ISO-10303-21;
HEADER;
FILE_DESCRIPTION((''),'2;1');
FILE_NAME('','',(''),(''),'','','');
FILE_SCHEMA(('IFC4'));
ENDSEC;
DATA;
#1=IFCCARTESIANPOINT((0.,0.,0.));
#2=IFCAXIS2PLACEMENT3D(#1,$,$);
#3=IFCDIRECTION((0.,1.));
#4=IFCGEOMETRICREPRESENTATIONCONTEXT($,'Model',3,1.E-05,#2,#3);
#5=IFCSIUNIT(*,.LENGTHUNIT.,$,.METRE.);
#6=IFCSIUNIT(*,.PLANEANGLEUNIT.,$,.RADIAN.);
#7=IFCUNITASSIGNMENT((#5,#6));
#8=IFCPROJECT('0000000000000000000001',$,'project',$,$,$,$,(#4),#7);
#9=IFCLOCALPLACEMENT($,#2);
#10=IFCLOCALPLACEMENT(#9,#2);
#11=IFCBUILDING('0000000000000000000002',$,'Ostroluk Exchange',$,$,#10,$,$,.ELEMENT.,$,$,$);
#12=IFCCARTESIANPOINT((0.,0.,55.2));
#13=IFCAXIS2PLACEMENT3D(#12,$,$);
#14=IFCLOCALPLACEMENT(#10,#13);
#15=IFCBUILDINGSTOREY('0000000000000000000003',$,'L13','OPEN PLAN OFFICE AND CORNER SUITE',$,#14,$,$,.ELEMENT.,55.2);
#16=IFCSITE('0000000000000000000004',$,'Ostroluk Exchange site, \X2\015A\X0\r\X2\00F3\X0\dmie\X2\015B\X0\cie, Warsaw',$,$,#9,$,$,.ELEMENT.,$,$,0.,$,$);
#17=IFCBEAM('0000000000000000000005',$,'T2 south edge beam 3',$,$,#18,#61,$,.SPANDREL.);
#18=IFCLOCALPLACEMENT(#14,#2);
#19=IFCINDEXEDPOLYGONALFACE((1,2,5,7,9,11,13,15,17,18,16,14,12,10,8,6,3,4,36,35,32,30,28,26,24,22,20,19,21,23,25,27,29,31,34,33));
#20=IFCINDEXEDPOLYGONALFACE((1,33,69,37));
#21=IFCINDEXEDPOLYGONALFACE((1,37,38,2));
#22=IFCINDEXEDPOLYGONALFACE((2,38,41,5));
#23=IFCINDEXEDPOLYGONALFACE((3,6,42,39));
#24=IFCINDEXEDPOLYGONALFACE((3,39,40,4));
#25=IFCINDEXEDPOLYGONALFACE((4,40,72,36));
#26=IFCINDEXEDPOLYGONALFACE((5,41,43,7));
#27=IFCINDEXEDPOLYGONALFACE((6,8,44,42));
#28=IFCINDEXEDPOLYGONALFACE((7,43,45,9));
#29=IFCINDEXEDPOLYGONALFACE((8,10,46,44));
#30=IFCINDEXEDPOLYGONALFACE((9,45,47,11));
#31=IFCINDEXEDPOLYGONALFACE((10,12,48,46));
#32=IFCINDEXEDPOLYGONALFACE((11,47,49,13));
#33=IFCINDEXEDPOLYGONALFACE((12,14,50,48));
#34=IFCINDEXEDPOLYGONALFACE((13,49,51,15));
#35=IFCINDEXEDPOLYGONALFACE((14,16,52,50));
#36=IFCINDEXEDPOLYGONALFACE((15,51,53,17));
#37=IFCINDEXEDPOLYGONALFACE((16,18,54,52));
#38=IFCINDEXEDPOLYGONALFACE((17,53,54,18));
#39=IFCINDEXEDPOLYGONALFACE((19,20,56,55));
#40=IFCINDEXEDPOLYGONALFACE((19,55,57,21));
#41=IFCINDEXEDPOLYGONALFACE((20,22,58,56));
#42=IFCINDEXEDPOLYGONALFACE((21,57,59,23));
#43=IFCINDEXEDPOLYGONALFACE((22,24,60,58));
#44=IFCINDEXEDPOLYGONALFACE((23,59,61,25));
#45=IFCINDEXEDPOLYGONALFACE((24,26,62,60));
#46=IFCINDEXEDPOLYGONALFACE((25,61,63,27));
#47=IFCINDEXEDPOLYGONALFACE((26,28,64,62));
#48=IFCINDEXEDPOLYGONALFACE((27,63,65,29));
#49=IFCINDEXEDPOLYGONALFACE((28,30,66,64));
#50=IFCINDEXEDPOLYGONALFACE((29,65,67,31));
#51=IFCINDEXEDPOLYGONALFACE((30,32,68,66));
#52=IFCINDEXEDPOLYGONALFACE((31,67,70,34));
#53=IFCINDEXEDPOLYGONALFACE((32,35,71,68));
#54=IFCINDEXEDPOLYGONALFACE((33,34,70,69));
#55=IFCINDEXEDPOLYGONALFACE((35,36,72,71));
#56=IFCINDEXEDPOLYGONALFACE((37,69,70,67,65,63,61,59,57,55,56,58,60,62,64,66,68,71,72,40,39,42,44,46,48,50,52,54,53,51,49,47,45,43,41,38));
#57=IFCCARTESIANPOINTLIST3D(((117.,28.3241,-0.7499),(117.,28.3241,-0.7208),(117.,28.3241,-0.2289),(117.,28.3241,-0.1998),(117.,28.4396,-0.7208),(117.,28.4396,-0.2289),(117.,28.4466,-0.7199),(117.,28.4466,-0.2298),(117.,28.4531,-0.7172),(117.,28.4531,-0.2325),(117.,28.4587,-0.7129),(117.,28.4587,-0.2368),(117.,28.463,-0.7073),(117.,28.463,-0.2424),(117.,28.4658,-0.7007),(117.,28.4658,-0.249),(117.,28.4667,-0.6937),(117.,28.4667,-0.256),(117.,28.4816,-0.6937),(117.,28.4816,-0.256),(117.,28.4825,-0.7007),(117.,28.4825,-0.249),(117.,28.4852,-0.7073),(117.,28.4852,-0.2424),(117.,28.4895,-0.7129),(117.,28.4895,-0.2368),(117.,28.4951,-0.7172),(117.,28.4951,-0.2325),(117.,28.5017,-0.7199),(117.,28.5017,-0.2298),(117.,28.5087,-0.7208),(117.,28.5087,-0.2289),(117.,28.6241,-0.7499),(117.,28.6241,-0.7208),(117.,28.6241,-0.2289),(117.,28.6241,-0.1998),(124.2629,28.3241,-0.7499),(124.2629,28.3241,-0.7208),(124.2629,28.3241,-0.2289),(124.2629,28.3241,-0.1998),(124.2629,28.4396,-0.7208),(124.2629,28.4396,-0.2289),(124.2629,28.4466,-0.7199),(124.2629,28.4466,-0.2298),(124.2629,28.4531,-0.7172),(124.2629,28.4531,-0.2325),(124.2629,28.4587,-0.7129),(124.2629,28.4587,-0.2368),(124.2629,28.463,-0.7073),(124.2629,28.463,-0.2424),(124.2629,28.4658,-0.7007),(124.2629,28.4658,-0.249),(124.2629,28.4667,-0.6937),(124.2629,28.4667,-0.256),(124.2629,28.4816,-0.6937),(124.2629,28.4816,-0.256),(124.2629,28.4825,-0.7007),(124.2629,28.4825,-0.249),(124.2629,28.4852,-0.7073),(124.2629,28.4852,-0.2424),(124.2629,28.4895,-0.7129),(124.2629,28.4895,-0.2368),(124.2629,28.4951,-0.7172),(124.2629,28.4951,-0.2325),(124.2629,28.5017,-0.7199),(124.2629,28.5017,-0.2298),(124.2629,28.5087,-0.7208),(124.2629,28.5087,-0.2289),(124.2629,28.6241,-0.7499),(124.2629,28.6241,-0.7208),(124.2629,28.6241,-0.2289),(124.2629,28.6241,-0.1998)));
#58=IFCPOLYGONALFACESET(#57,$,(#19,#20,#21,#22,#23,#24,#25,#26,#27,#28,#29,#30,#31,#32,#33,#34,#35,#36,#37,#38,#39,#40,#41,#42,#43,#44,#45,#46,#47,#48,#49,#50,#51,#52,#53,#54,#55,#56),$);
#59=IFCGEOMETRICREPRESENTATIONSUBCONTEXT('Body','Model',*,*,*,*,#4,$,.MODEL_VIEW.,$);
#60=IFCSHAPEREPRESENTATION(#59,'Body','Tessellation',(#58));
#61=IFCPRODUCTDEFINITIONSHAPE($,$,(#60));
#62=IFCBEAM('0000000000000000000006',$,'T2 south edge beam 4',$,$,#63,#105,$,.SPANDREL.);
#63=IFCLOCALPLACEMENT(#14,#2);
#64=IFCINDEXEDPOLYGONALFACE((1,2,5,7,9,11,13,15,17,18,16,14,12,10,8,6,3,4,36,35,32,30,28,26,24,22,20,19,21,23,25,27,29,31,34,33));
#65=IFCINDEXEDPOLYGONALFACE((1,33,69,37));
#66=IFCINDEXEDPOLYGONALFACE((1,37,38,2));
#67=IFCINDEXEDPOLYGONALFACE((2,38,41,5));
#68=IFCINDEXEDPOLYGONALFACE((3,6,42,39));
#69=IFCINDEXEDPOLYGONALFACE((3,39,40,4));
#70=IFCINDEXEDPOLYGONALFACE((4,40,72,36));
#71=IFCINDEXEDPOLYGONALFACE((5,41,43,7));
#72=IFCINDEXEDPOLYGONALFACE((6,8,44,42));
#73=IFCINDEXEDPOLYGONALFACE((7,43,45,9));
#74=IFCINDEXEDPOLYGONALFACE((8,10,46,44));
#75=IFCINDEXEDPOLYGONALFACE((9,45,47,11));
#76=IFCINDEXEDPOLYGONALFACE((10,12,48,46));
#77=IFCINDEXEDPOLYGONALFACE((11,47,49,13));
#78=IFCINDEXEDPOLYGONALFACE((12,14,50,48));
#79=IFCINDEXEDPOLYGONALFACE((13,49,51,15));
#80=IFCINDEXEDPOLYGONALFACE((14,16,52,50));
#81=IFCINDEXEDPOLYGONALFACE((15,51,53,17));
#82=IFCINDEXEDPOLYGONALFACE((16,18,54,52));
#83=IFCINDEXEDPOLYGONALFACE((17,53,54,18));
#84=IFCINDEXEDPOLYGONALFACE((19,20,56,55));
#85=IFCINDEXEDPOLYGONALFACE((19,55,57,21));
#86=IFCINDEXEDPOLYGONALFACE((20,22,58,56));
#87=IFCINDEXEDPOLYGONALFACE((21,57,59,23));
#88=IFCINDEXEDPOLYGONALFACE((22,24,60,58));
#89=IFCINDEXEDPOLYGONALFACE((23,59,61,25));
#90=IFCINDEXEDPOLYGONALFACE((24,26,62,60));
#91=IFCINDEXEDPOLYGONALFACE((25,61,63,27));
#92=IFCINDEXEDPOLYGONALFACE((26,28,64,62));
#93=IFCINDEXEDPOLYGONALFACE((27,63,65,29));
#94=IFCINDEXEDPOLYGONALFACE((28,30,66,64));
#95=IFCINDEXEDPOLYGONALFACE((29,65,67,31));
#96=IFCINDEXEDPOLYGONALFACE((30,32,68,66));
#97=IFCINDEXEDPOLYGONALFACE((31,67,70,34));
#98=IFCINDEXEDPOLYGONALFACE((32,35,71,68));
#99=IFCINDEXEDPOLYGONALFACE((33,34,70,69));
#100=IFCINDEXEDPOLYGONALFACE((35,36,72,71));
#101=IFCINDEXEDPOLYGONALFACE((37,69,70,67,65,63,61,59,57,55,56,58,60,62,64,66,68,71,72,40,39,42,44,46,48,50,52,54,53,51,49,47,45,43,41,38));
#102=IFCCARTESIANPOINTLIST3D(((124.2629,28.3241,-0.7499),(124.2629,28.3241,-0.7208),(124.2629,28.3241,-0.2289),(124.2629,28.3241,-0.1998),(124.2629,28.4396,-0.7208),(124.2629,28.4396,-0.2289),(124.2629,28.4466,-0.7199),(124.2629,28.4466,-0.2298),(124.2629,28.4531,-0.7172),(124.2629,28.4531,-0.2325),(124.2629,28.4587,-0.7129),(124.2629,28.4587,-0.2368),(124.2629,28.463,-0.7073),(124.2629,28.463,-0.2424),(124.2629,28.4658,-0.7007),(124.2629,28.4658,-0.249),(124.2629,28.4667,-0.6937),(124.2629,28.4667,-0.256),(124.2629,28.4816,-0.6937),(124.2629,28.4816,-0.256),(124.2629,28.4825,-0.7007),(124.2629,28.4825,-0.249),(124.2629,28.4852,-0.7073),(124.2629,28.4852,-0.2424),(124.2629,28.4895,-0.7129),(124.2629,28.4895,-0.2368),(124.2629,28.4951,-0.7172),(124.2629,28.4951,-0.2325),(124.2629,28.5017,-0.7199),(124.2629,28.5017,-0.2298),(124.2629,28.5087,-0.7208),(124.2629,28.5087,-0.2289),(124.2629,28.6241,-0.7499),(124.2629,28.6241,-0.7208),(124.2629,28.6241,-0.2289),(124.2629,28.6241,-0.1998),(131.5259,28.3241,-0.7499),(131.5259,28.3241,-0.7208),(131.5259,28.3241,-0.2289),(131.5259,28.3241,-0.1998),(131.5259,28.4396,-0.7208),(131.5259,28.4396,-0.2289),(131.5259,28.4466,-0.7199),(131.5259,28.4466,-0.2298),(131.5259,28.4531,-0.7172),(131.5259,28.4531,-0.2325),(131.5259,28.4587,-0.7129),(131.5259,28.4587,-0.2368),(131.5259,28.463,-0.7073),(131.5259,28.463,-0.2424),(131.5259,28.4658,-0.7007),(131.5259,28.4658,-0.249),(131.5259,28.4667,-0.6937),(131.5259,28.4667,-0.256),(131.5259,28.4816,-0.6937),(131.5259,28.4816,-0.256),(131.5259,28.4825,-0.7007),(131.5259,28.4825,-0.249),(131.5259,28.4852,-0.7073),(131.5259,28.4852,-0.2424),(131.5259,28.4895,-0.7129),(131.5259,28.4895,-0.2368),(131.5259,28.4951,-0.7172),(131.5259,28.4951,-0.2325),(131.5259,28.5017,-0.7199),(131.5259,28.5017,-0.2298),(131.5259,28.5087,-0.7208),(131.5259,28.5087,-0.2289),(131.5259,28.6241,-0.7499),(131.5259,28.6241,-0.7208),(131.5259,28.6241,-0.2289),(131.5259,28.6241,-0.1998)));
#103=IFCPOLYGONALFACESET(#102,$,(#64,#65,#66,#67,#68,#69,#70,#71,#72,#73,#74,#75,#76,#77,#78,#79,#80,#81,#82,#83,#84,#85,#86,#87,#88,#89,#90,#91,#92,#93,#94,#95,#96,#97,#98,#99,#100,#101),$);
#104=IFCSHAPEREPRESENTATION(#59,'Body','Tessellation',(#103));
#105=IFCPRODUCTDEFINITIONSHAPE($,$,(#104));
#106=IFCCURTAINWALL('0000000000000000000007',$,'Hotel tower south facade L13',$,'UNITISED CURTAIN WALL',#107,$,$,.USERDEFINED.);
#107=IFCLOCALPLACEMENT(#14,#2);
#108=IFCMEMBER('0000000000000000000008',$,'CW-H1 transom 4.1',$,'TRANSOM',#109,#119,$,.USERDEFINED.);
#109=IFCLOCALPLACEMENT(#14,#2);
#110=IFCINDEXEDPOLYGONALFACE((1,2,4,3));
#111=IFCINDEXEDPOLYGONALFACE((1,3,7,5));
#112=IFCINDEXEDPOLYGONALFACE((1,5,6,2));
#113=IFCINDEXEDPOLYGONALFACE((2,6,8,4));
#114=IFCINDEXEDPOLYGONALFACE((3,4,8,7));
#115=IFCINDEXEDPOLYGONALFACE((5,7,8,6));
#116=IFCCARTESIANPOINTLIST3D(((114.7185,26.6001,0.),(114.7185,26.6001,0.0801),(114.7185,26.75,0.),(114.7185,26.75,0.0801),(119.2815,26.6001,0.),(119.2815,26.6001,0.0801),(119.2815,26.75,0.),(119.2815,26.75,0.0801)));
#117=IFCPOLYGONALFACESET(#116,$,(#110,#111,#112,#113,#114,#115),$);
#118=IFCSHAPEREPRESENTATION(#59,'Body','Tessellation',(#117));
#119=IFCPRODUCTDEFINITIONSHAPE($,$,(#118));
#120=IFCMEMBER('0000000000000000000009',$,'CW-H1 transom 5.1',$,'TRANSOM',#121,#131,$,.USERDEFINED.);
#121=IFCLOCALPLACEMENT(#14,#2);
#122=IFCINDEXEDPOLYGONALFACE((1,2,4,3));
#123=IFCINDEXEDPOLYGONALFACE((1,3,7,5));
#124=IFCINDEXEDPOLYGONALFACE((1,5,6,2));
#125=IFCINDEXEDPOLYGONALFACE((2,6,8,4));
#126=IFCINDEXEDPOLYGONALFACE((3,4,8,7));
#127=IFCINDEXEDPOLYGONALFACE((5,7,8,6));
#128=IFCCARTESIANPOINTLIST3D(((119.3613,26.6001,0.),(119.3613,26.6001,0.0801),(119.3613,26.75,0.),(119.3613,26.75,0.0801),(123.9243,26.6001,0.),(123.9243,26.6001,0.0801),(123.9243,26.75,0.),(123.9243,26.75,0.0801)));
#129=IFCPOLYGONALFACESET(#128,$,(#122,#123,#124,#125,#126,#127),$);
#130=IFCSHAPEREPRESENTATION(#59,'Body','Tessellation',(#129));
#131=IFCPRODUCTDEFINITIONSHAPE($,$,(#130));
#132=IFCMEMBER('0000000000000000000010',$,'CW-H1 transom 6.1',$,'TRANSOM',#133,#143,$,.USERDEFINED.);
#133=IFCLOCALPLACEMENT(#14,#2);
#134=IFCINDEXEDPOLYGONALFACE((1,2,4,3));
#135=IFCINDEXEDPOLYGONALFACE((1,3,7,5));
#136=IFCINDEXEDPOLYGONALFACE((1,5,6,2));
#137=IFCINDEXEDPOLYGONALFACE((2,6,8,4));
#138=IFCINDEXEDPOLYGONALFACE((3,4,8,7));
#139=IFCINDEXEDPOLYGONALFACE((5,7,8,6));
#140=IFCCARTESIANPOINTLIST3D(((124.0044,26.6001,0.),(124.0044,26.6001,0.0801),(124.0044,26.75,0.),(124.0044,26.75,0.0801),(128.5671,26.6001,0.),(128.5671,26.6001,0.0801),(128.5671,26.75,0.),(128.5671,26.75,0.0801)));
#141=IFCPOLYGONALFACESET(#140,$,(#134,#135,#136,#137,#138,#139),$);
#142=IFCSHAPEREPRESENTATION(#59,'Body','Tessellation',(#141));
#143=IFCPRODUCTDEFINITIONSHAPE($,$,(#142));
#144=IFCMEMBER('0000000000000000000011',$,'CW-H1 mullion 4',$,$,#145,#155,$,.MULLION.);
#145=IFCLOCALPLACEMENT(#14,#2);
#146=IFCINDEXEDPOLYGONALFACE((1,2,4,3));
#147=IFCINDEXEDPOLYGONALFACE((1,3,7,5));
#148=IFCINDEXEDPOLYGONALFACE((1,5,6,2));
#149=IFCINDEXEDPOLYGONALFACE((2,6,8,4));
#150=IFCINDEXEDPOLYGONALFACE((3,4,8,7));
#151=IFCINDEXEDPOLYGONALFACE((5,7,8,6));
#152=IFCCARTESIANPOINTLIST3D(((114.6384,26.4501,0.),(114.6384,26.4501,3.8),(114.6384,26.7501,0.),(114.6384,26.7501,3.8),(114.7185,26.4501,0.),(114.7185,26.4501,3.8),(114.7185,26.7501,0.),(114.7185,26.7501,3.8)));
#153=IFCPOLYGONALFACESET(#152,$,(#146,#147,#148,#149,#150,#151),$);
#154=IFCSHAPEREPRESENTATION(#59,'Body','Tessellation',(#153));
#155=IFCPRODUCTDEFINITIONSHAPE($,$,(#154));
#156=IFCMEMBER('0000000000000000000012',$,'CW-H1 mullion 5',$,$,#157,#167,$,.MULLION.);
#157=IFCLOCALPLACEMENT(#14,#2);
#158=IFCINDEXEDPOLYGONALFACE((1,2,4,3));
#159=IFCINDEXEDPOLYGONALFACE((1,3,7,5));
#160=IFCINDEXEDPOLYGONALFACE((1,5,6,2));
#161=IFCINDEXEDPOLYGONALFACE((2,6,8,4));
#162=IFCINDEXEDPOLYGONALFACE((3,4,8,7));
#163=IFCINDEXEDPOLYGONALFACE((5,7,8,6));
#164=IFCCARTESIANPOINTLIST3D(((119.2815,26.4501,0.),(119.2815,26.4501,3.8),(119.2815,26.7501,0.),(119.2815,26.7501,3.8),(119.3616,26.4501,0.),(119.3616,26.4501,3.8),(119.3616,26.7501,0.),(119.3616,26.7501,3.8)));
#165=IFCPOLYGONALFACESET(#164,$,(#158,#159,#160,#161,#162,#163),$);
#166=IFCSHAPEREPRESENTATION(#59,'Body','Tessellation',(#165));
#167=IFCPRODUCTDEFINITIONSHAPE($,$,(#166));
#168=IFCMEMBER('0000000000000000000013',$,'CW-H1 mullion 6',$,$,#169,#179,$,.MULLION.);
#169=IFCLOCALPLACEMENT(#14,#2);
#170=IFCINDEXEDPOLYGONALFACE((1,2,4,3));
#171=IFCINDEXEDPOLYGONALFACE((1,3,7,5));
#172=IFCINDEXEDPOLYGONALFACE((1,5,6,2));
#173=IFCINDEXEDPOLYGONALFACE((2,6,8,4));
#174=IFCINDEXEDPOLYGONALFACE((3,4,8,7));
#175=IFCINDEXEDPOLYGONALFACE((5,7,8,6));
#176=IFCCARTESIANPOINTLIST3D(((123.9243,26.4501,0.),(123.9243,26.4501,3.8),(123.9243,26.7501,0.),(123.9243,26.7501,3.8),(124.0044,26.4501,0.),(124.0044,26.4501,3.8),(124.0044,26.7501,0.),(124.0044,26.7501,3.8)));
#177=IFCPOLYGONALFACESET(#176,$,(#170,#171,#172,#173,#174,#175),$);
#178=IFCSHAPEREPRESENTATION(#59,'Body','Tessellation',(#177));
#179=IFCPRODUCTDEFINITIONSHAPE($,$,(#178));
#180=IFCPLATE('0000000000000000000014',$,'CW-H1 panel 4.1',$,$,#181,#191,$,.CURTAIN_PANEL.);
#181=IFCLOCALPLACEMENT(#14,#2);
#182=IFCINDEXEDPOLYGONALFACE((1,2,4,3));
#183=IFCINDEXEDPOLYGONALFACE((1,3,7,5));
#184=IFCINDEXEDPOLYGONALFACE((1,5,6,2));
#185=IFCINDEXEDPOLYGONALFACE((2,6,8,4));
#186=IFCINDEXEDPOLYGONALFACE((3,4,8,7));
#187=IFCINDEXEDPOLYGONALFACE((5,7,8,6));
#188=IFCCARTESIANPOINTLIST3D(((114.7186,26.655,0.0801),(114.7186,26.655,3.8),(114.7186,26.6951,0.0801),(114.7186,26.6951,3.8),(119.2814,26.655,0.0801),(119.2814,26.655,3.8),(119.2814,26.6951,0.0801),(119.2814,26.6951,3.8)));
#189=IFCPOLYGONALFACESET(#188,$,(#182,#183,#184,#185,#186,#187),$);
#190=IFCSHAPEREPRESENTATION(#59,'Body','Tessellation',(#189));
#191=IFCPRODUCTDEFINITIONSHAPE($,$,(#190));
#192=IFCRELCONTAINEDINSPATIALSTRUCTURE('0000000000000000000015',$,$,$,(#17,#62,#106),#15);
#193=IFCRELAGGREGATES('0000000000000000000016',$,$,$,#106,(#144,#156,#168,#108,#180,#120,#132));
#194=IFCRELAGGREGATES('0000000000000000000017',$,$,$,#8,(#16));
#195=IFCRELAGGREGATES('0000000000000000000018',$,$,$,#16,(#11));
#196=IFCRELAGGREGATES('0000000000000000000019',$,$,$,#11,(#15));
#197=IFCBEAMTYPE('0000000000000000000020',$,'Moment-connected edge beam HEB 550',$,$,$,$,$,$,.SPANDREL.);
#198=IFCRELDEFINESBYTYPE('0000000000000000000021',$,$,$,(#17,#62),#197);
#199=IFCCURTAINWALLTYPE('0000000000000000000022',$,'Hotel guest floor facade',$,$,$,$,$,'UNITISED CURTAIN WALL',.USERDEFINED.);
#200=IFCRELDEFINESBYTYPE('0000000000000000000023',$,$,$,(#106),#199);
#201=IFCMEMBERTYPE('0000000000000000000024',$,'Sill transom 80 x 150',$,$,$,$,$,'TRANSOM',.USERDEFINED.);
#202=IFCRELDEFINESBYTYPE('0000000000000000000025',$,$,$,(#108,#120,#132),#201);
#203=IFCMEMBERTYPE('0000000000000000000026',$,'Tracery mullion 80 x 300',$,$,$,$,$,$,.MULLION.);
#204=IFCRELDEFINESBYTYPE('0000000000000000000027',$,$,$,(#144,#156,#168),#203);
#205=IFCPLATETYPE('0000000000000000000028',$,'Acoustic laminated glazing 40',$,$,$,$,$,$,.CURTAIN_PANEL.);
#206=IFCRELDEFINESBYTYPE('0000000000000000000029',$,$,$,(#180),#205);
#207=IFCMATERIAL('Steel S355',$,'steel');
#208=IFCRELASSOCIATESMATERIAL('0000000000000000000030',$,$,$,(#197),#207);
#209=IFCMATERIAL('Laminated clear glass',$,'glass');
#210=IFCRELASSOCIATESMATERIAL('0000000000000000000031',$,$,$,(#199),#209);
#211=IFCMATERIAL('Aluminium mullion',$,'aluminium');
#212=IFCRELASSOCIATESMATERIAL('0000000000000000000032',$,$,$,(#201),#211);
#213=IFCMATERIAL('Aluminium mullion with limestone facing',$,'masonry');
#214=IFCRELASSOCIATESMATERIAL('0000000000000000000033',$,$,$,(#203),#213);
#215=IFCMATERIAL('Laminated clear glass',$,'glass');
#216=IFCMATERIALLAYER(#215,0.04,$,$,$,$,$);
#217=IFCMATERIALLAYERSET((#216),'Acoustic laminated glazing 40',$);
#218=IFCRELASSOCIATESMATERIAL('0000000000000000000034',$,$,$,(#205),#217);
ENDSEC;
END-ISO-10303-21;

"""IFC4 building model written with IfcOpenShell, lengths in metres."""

from ifc_helpers import new_model, si_unit, direction, frame, origin, origin_2d, place, context, subcontext, project, spatial, rectangle, i_section, extrude, material, layer, layer_set, material_profile, profile_set, type_object, element, aggregate, save


model = new_model("IFC4")

# Units and contexts
model_context = context("Model", 3, precision=1e-05, world=origin(), true_north=direction((0.0, 1.0)))
body_context = subcontext(model_context, "Body", "Model", "MODEL_VIEW")
ifc_project = project(units=[si_unit("LENGTHUNIT", "METRE"), si_unit("PLANEANGLEUNIT", "RADIAN")], contexts=[model_context])

# Site, building, storey
site_placement = place(None, origin())
site = spatial("IfcSite", under=ifc_project, at=site_placement, Name="Ostroluk Exchange site, Śródmieście, Warsaw", CompositionType="ELEMENT", RefElevation=0.0)
building_placement = place(site_placement, origin())
building = spatial("IfcBuilding", under=site, at=building_placement, Name="Ostroluk Exchange", CompositionType="ELEMENT")
storey_placement = place(building_placement, frame((0.0, 0.0, 55.2)))
storey = spatial("IfcBuildingStorey", under=building, at=storey_placement, Name="L13", Description="OPEN PLAN OFFICE AND CORNER SUITE", CompositionType="ELEMENT", Elevation=55.2)

# Beams
ifc_material_1 = material(Name="Steel S355", Category="steel")
ifc_material_profile_1 = material_profile(ifc_material_1, i_section(OverallWidth=0.3, OverallDepth=0.55, WebThickness=0.0149, FlangeThickness=0.0291, FilletRadius=0.0271, at=origin_2d()), Name="HEB 550")
ifc_profile_set_1 = profile_set([ifc_material_profile_1], Name="Steel S355")
beam_type = type_object("IfcBeamType", Name="Moment-connected edge beam HEB 550", PredefinedType="SPANDREL", material=ifc_profile_set_1)
for number, where, z_axis, x_axis, name in (
    (1, (117.0, 28.4741, -0.4749), (1.0, 0.0, 0.0), (0.0, 1.0, 0.0), "T2 south edge beam 3"),
    (2, (124.2629, 28.4741, -0.4749), (1.0, 0.0, 0.0), (0.0, 1.0, 0.0), "T2 south edge beam 4"),
):
    element("IfcBeam", number, at=place(storey_placement, frame(where, z_axis=z_axis, x_axis=x_axis)), inside=storey, type_object=beam_type, Name=name, PredefinedType="SPANDREL", context=body_context, shape_type="SweptSolid", body=[
        extrude(i_section(OverallWidth=0.3, OverallDepth=0.55, WebThickness=0.0149, FlangeThickness=0.0291, FilletRadius=0.0271, at=origin_2d()), origin(), (0.0, 0.0, 1.0), 7.2629),
    ])

# Curtain wall, members, plate
ifc_material_2 = material(Name="Laminated clear glass", Category="glass")
curtain_wall_type = type_object("IfcCurtainWallType", Name="Hotel guest floor facade", ElementType="UNITISED CURTAIN WALL", PredefinedType="USERDEFINED", material=ifc_material_2)
curtain_wall_placement = place(storey_placement, origin())
curtain_wall = element("IfcCurtainWall", 3, at=curtain_wall_placement, inside=storey, type_object=curtain_wall_type, Name="Hotel tower south facade L13", ObjectType="UNITISED CURTAIN WALL", PredefinedType="USERDEFINED")
ifc_material_3 = material(Name="Aluminium mullion", Category="aluminium")
ifc_material_profile_2 = material_profile(ifc_material_3, rectangle(XDim=0.1499, YDim=0.0801, at=origin_2d()), Name="Sill transom 80 x 150")
ifc_profile_set_2 = profile_set([ifc_material_profile_2], Name="Aluminium mullion")
member_type_1 = type_object("IfcMemberType", Name="Sill transom 80 x 150", ElementType="TRANSOM", PredefinedType="USERDEFINED", material=ifc_profile_set_2)
member_1_placement = place(storey_placement, frame((114.7185, 26.675, 0.04), z_axis=(1.0, 0.0, 0.0), x_axis=(0.0, 1.0, 0.0)))
member_1 = element("IfcMember", 4, at=member_1_placement, type_object=member_type_1, Name="CW-H1 transom 4.1", ObjectType="TRANSOM", PredefinedType="USERDEFINED", context=body_context, shape_type="SweptSolid", body=[
    extrude(rectangle(XDim=0.1499, YDim=0.0801, at=origin_2d()), origin(), (0.0, 0.0, 1.0), 4.563),
])
member_2_placement = place(storey_placement, frame((119.3613, 26.675, 0.04), z_axis=(1.0, 0.0, 0.0), x_axis=(0.0, 1.0, 0.0)))
member_2 = element("IfcMember", 5, at=member_2_placement, type_object=member_type_1, Name="CW-H1 transom 5.1", ObjectType="TRANSOM", PredefinedType="USERDEFINED", context=body_context, shape_type="SweptSolid", body=[
    extrude(rectangle(XDim=0.1499, YDim=0.0801, at=origin_2d()), origin(), (0.0, 0.0, 1.0), 4.563),
])
member_3_placement = place(storey_placement, frame((124.0044, 26.675, 0.04), z_axis=(1.0, 0.0, 0.0), x_axis=(0.0, 1.0, 0.0)))
member_3 = element("IfcMember", 6, at=member_3_placement, type_object=member_type_1, Name="CW-H1 transom 6.1", ObjectType="TRANSOM", PredefinedType="USERDEFINED", context=body_context, shape_type="SweptSolid", body=[
    extrude(rectangle(XDim=0.1499, YDim=0.0801, at=origin_2d()), origin(), (0.0, 0.0, 1.0), 4.5627),
])
ifc_material_4 = material(Name="Aluminium mullion with limestone facing", Category="masonry")
ifc_material_profile_3 = material_profile(ifc_material_4, rectangle(XDim=0.3, YDim=0.0801, at=origin_2d()), Name="Tracery mullion 80 x 300")
ifc_profile_set_3 = profile_set([ifc_material_profile_3], Name="Aluminium mullion with limestone facing")
member_type_2 = type_object("IfcMemberType", Name="Tracery mullion 80 x 300", PredefinedType="MULLION", material=ifc_profile_set_3)
member_4_placement = place(storey_placement, frame((114.6785, 26.6001, 0.0), z_axis=(0.0, 0.0, 1.0), x_axis=(0.0, 1.0, 0.0)))
member_4 = element("IfcMember", 7, at=member_4_placement, type_object=member_type_2, Name="CW-H1 mullion 4", PredefinedType="MULLION", context=body_context, shape_type="SweptSolid", body=[
    extrude(rectangle(XDim=0.3, YDim=0.0801, at=origin_2d()), origin(), (0.0, 0.0, 1.0), 3.8),
])
member_5_placement = place(storey_placement, frame((119.3215, 26.6001, 0.0), z_axis=(0.0, 0.0, 1.0), x_axis=(0.0, 1.0, 0.0)))
member_5 = element("IfcMember", 8, at=member_5_placement, type_object=member_type_2, Name="CW-H1 mullion 5", PredefinedType="MULLION", context=body_context, shape_type="SweptSolid", body=[
    extrude(rectangle(XDim=0.3, YDim=0.0801, at=origin_2d()), origin(), (0.0, 0.0, 1.0), 3.8),
])
member_6_placement = place(storey_placement, frame((123.9644, 26.6001, 0.0), z_axis=(0.0, 0.0, 1.0), x_axis=(0.0, 1.0, 0.0)))
member_6 = element("IfcMember", 9, at=member_6_placement, type_object=member_type_2, Name="CW-H1 mullion 6", PredefinedType="MULLION", context=body_context, shape_type="SweptSolid", body=[
    extrude(rectangle(XDim=0.3, YDim=0.0801, at=origin_2d()), origin(), (0.0, 0.0, 1.0), 3.8),
])
ifc_material_5 = material(Name="Laminated clear glass", Category="glass")
ifc_layer_1 = layer(ifc_material_5, 0.04)
ifc_layer_set_1 = layer_set([ifc_layer_1], Name="Acoustic laminated glazing 40")
plate_type = type_object("IfcPlateType", Name="Acoustic laminated glazing 40", PredefinedType="CURTAIN_PANEL", material=ifc_layer_set_1)
plate_1_placement = place(storey_placement, frame((117.0, 26.675, 0.0801), z_axis=(0.0, 0.0, 1.0), x_axis=(1.0, 0.0, 0.0)))
plate_1 = element("IfcPlate", 10, at=plate_1_placement, type_object=plate_type, Name="CW-H1 panel 4.1", PredefinedType="CURTAIN_PANEL", context=body_context, shape_type="SweptSolid", body=[
    extrude(rectangle(XDim=4.5627, YDim=0.04, at=origin_2d()), origin(), (0.0, 0.0, 1.0), 3.72),
])
aggregate(curtain_wall, [member_4, member_5, member_6, member_1, plate_1, member_2, member_3])

save(model, "model.ifc")
